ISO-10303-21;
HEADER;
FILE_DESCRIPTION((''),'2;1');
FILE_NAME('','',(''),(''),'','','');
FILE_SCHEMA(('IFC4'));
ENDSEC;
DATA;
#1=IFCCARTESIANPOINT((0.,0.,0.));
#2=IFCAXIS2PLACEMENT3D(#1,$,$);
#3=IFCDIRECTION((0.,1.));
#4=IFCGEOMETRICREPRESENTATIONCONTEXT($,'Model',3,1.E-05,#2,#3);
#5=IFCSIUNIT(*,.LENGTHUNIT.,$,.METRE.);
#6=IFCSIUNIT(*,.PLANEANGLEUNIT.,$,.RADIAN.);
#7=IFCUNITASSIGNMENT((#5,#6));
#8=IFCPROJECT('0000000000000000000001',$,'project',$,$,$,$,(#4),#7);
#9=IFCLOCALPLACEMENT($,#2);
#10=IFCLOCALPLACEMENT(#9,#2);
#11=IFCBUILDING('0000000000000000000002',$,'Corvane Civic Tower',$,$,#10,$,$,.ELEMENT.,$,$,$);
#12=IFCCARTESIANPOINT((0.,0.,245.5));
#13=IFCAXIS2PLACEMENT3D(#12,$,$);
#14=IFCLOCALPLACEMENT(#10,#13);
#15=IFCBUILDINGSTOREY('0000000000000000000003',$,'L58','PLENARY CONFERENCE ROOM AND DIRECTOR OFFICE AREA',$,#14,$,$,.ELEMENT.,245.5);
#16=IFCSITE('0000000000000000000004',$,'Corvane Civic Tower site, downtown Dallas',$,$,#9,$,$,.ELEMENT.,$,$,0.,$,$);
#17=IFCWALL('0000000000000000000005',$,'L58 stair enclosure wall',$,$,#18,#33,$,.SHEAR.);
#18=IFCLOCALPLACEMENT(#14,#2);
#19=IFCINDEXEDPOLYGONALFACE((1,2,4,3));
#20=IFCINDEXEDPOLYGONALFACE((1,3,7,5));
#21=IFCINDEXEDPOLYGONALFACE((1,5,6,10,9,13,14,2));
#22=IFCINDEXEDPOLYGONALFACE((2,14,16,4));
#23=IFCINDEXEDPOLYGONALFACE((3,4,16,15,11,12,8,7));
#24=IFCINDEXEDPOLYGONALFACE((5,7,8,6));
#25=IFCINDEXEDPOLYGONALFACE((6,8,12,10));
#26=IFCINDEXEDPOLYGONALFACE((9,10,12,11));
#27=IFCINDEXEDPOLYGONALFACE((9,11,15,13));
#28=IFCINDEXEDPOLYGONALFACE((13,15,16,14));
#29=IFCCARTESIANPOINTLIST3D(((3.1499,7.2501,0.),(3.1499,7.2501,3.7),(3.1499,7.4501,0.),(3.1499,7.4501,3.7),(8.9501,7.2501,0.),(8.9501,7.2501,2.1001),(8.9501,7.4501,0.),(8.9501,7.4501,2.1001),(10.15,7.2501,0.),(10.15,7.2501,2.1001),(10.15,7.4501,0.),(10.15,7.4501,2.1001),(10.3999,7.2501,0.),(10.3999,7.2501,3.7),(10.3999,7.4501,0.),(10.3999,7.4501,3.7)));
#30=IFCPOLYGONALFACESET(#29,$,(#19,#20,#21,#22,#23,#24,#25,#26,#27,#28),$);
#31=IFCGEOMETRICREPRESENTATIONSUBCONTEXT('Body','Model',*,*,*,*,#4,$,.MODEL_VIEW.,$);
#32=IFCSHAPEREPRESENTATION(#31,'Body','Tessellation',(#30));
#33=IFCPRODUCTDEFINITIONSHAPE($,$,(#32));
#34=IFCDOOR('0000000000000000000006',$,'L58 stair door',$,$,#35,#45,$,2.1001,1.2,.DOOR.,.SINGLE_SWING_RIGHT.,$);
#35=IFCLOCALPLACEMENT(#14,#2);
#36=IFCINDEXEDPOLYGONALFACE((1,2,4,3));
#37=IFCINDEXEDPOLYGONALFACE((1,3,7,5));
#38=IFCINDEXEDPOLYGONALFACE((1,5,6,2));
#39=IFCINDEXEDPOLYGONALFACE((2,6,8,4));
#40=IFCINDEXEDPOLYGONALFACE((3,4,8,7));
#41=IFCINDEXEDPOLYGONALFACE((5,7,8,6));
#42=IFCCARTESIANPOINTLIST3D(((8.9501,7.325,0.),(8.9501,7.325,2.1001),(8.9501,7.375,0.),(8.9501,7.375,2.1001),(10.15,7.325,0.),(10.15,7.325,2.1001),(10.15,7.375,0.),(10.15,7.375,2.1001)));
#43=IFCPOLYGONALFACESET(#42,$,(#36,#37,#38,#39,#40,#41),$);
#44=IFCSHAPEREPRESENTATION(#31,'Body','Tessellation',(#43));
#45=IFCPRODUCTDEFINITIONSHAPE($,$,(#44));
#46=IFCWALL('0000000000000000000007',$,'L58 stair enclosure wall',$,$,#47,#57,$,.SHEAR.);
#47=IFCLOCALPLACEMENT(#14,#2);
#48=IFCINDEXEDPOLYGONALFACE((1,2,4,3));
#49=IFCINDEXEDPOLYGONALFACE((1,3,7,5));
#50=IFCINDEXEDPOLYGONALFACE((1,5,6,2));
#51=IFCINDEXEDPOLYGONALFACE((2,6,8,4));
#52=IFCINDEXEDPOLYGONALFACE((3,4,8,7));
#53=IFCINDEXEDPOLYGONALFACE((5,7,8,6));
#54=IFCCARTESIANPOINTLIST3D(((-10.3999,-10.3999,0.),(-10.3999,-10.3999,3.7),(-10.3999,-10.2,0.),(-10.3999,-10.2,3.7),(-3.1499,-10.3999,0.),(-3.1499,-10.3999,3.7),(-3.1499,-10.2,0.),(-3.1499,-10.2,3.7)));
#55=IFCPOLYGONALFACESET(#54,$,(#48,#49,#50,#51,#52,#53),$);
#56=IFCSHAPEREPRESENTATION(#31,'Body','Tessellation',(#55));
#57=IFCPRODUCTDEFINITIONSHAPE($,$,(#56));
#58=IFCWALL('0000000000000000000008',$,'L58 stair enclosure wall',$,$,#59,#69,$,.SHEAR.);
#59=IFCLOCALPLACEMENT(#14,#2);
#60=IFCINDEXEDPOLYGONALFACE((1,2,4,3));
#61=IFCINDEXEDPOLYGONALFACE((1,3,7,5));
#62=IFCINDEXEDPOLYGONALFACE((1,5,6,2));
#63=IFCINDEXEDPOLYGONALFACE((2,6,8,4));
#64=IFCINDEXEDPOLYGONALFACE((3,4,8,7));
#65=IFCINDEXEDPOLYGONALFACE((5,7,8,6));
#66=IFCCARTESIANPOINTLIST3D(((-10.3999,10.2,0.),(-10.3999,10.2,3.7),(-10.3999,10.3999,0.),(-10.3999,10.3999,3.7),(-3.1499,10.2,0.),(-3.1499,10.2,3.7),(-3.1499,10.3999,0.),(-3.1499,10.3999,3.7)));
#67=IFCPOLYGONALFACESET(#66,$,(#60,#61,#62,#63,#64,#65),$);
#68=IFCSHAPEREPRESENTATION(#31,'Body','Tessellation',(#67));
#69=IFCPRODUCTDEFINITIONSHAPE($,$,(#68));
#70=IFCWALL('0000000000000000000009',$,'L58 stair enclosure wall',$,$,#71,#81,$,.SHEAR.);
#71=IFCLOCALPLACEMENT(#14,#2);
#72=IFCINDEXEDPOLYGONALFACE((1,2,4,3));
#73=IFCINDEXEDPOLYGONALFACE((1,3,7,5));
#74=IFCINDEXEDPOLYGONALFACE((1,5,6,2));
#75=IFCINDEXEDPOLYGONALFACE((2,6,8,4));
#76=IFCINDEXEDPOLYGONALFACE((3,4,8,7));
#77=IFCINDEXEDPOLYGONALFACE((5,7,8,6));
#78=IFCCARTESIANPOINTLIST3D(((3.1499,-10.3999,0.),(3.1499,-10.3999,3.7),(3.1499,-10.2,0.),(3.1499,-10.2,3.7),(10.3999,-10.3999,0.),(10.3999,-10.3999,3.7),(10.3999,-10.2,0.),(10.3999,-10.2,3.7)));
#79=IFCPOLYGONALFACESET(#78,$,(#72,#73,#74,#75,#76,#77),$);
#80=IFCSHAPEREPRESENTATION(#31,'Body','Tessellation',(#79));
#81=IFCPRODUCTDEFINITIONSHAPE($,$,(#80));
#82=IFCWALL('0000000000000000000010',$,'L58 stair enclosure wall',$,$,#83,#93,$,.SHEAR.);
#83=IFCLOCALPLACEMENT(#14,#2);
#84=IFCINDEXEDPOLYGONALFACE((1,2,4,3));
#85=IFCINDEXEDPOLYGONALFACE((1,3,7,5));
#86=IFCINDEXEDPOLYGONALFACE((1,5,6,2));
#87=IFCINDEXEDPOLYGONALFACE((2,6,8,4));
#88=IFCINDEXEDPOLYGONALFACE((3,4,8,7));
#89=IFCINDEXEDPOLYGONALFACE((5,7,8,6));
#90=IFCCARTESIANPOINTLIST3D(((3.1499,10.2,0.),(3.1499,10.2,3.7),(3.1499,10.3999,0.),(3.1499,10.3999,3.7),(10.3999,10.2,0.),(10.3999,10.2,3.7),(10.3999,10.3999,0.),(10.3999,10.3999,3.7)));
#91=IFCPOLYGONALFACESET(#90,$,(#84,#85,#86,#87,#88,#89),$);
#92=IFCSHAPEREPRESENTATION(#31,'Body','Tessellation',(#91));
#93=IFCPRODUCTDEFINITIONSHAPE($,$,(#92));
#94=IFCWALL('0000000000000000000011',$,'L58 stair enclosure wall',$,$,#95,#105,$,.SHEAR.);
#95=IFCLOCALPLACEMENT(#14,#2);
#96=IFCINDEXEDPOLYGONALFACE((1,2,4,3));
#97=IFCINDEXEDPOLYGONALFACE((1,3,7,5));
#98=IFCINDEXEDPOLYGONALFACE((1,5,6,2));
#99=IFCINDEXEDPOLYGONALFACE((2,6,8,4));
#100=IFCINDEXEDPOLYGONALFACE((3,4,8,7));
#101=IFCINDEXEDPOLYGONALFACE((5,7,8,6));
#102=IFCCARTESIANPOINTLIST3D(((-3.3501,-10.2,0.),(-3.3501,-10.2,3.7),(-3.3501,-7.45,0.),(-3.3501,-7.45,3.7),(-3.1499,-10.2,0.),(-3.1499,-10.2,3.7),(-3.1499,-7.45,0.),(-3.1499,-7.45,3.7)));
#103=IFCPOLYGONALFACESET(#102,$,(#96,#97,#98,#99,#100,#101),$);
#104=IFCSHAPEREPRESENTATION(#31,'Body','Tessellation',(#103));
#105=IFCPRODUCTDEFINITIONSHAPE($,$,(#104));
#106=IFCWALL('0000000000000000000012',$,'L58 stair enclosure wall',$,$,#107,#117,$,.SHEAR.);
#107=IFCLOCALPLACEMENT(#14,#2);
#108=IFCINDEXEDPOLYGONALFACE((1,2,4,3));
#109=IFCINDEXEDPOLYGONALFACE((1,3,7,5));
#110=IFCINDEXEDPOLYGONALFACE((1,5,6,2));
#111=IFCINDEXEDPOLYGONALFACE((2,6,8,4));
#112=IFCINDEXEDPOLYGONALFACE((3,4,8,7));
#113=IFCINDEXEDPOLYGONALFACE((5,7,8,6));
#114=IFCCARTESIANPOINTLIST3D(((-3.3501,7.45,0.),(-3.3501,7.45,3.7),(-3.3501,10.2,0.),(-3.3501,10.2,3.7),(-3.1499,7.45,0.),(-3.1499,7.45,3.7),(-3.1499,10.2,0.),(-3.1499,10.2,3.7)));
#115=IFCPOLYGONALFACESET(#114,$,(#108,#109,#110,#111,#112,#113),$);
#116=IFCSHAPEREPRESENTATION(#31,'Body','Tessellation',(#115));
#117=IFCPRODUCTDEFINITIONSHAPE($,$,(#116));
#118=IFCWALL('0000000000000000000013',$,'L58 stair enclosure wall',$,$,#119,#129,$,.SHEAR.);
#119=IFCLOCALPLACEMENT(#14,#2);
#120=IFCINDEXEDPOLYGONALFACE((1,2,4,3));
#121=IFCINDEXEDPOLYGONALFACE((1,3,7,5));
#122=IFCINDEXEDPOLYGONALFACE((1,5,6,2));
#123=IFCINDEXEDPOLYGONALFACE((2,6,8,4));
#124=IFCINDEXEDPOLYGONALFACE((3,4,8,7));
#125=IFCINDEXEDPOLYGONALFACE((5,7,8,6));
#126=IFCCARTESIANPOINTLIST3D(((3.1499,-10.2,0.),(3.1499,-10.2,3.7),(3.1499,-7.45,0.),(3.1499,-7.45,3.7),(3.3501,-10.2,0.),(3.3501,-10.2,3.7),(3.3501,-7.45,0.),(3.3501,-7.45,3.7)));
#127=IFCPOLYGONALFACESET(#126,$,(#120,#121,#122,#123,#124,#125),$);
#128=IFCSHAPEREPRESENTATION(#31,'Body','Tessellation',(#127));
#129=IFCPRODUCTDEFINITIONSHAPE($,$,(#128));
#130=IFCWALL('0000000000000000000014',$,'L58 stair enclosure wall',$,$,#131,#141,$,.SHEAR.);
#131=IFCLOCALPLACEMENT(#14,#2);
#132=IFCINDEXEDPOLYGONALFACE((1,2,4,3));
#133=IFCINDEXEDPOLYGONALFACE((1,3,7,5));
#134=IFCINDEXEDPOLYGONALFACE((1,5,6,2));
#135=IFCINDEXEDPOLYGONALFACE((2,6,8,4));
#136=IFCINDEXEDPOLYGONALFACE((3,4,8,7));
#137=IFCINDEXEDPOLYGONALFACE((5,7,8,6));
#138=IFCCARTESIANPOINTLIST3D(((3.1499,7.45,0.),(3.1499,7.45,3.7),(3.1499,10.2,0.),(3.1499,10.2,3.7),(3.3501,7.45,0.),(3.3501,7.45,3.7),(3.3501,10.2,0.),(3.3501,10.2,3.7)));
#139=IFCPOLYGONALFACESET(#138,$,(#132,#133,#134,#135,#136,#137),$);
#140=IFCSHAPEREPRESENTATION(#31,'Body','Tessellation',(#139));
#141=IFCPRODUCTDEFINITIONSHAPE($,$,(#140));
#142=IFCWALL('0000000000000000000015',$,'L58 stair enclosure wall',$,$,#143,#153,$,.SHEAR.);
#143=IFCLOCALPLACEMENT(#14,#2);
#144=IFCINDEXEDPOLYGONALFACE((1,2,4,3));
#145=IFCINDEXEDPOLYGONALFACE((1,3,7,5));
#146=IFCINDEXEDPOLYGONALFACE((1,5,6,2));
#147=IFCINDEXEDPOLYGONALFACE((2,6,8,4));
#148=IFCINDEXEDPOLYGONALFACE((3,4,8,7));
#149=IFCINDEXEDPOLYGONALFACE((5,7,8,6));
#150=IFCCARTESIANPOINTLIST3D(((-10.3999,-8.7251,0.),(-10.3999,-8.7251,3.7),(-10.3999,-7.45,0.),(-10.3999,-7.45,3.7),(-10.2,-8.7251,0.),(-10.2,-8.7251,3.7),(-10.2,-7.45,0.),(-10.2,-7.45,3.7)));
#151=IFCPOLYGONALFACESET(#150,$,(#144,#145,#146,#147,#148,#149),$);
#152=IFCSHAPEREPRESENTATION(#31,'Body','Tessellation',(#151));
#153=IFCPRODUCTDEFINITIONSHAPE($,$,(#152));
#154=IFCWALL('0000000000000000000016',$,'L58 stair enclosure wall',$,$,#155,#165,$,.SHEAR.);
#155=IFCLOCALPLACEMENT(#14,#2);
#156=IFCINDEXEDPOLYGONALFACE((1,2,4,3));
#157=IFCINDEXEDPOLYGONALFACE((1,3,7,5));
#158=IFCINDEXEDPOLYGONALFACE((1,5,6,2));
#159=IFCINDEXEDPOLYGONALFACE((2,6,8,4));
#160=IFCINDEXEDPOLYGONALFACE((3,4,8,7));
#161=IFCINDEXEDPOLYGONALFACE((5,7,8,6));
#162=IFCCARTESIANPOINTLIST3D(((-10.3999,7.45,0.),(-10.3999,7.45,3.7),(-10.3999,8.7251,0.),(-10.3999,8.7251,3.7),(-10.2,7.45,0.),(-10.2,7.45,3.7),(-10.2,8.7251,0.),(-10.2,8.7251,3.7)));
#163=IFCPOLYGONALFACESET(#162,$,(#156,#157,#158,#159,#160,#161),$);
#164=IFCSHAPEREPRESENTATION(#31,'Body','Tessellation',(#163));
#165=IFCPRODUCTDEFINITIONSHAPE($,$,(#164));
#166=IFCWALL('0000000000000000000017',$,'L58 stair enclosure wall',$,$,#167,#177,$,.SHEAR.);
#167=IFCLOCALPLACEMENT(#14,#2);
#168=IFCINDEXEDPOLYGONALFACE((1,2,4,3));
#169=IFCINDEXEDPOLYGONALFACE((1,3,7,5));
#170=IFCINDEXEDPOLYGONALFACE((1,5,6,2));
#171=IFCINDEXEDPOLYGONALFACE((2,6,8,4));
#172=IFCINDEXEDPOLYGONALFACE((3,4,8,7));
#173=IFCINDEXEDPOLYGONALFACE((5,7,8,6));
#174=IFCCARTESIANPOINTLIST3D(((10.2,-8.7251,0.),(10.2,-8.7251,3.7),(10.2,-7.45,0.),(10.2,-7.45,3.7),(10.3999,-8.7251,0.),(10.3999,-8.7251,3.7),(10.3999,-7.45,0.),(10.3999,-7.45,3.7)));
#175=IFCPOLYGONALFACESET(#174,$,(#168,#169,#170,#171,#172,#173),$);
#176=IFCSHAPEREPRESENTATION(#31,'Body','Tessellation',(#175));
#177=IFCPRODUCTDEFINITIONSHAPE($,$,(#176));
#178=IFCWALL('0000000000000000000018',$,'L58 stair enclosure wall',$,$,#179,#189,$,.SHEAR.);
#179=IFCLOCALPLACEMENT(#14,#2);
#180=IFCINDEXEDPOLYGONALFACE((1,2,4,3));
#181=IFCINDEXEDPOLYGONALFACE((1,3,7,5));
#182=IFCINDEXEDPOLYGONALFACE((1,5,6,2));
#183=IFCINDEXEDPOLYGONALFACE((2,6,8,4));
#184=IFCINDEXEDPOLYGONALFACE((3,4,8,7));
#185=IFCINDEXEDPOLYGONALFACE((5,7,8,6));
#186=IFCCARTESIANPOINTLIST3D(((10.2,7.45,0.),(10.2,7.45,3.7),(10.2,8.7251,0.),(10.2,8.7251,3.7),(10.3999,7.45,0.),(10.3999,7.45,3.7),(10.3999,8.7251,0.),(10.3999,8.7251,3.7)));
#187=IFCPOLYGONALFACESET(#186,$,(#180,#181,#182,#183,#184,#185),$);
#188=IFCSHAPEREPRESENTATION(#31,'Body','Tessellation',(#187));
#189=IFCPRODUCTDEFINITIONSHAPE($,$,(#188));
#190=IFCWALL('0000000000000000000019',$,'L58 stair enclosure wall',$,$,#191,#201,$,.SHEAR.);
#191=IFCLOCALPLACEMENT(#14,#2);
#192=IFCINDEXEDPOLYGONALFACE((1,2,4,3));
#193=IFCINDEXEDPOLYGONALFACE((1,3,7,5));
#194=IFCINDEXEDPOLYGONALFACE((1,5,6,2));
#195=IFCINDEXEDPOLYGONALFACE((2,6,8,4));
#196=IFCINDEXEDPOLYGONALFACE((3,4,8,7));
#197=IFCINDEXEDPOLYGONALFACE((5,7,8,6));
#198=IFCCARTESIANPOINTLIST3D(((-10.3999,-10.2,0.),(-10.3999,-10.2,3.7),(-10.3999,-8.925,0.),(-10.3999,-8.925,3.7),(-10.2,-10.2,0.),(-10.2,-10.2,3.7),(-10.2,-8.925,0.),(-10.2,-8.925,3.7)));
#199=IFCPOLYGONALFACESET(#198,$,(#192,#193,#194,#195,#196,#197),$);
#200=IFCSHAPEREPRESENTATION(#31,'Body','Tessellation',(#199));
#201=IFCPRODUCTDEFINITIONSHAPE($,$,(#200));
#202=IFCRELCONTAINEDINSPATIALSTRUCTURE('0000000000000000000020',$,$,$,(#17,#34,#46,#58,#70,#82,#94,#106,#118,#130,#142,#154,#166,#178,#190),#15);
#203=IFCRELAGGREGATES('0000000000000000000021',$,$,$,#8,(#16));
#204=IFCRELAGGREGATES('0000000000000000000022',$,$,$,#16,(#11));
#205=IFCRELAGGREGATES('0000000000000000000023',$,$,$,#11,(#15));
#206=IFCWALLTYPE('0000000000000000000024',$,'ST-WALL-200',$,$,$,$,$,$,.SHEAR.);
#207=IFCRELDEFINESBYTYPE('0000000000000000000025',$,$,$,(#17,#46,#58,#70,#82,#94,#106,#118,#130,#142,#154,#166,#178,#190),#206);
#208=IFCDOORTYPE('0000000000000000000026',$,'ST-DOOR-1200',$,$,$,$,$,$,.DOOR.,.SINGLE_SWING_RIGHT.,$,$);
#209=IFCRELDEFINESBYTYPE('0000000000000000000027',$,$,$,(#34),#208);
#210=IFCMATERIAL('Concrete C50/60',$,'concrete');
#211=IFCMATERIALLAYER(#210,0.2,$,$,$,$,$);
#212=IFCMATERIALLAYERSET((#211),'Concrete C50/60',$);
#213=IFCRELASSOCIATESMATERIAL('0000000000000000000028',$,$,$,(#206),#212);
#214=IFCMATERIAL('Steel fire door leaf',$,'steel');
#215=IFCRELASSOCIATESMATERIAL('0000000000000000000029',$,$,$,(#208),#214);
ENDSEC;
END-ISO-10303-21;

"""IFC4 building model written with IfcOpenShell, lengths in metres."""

from ifc_helpers import new_model, si_unit, direction, frame, frame_2d, origin, place, context, subcontext, project, spatial, polyline, rectangle, outline, extrude, material, layer, layer_set, type_object, element, fill, save


model = new_model("IFC4")

# Units and contexts
model_context = context("Model", 3, precision=1e-05, world=origin(), true_north=direction((0.0, 1.0)))
body_context = subcontext(model_context, "Body", "Model", "MODEL_VIEW")
ifc_project = project(units=[si_unit("LENGTHUNIT", "METRE"), si_unit("PLANEANGLEUNIT", "RADIAN")], contexts=[model_context])

# Site, building, storey
site_placement = place(None, origin())
site = spatial("IfcSite", under=ifc_project, at=site_placement, Name="Corvane Civic Tower site, downtown Dallas", CompositionType="ELEMENT", RefElevation=0.0)
building_placement = place(site_placement, origin())
building = spatial("IfcBuilding", under=site, at=building_placement, Name="Corvane Civic Tower", CompositionType="ELEMENT")
storey_placement = place(building_placement, frame((0.0, 0.0, 245.5)))
storey = spatial("IfcBuildingStorey", under=building, at=storey_placement, Name="L58", Description="PLENARY CONFERENCE ROOM AND DIRECTOR OFFICE AREA", CompositionType="ELEMENT", Elevation=245.5)

# Wall, opening, door
ifc_material_1 = material(Name="Concrete C50/60", Category="concrete")
ifc_layer_1 = layer(ifc_material_1, 0.2)
ifc_layer_set_1 = layer_set([ifc_layer_1], Name="Concrete C50/60")
wall_type_1 = type_object("IfcWallType", Name="ST-WALL-200", PredefinedType="SHEAR", material=ifc_layer_set_1)
wall_1_placement = place(storey_placement, frame((3.1499, 7.3501, 0.0), z_axis=(0.0, 0.0, 1.0), x_axis=(1.0, 0.0, 0.0)))
wall_1 = element("IfcWall", 1, at=wall_1_placement, inside=storey, type_object=wall_type_1, Name="L58 stair enclosure wall", PredefinedType="SHEAR", context=body_context, shape_type="SweptSolid", body=[
    extrude(rectangle(XDim=7.25, YDim=0.2, at=frame_2d((3.625, 0.0))), origin(), (0.0, 0.0, 1.0), 3.7),
])
opening_1_placement = place(wall_1_placement, frame((5.8, 0.0, 0.0)))
opening_1 = element("IfcOpeningElement", 2, at=opening_1_placement, cuts=wall_1, PredefinedType="OPENING", context=body_context, shape_type="SweptSolid", body=[
    extrude(rectangle(XDim=1.2, YDim=2.1001, at=frame_2d((0.6001, 1.05))), frame((0.0, 0.1099, 0.0), z_axis=(0.0, -1.0, 0.0), x_axis=(1.0, 0.0, 0.0)), (0.0, 0.0, 1.0), 0.22),
])
ifc_material_2 = material(Name="Steel fire door leaf", Category="steel")
door_type_1 = type_object("IfcDoorType", Name="ST-DOOR-1200", OperationType="SINGLE_SWING_RIGHT", PredefinedType="DOOR", material=ifc_material_2)
door_1_placement = place(opening_1_placement, origin())
door_1 = element("IfcDoor", 3, at=door_1_placement, inside=storey, type_object=door_type_1, Name="L58 stair door", OperationType="SINGLE_SWING_RIGHT", OverallHeight=2.1001, OverallWidth=1.2, PredefinedType="DOOR", context=body_context, shape_type="SweptSolid", body=[
    extrude(rectangle(XDim=1.2, YDim=2.1001, at=frame_2d((0.6001, 1.05))), frame((0.0, 0.0249, 0.0), z_axis=(0.0, -1.0, 0.0), x_axis=(1.0, 0.0, 0.0)), (0.0, 0.0, 1.0), 0.05),
])
fill(opening_1, door_1)

# Walls
wall_2_placement = place(storey_placement, origin())
element("IfcWall", 4, at=wall_2_placement, inside=storey, type_object=wall_type_1, Name="L58 stair enclosure wall", PredefinedType="SHEAR", context=body_context, shape_type="SweptSolid", body=[
    extrude(outline(polyline([(-3.1499, -10.2), (-3.1499, -10.3999), (-10.3999, -10.3999), (-10.3999, -10.2), (-3.1499, -10.2)])), origin(), (0.0, 0.0, 1.0), 3.7),
])
wall_3_placement = place(storey_placement, origin())
element("IfcWall", 5, at=wall_3_placement, inside=storey, type_object=wall_type_1, Name="L58 stair enclosure wall", PredefinedType="SHEAR", context=body_context, shape_type="SweptSolid", body=[
    extrude(outline(polyline([(-3.1499, 10.2), (-10.3999, 10.2), (-10.3999, 10.3999), (-3.1499, 10.3999), (-3.1499, 10.2)])), origin(), (0.0, 0.0, 1.0), 3.7),
])
wall_4_placement = place(storey_placement, origin())
element("IfcWall", 6, at=wall_4_placement, inside=storey, type_object=wall_type_1, Name="L58 stair enclosure wall", PredefinedType="SHEAR", context=body_context, shape_type="SweptSolid", body=[
    extrude(outline(polyline([(10.3999, -10.3999), (3.1499, -10.3999), (3.1499, -10.2), (10.3999, -10.2), (10.3999, -10.3999)])), origin(), (0.0, 0.0, 1.0), 3.7),
])
wall_5_placement = place(storey_placement, origin())
element("IfcWall", 7, at=wall_5_placement, inside=storey, type_object=wall_type_1, Name="L58 stair enclosure wall", PredefinedType="SHEAR", context=body_context, shape_type="SweptSolid", body=[
    extrude(outline(polyline([(10.3999, 10.2), (3.1499, 10.2), (3.1499, 10.3999), (10.3999, 10.3999), (10.3999, 10.2)])), origin(), (0.0, 0.0, 1.0), 3.7),
])
wall_6_placement = place(storey_placement, origin())
element("IfcWall", 8, at=wall_6_placement, inside=storey, type_object=wall_type_1, Name="L58 stair enclosure wall", PredefinedType="SHEAR", context=body_context, shape_type="SweptSolid", body=[
    extrude(outline(polyline([(-3.1499, -7.45), (-3.1499, -10.2), (-3.3501, -10.2), (-3.3501, -7.45), (-3.1499, -7.45)])), origin(), (0.0, 0.0, 1.0), 3.7),
])
wall_7_placement = place(storey_placement, origin())
element("IfcWall", 9, at=wall_7_placement, inside=storey, type_object=wall_type_1, Name="L58 stair enclosure wall", PredefinedType="SHEAR", context=body_context, shape_type="SweptSolid", body=[
    extrude(outline(polyline([(-3.1499, 7.45), (-3.3501, 7.45), (-3.3501, 10.2), (-3.1499, 10.2), (-3.1499, 7.45)])), origin(), (0.0, 0.0, 1.0), 3.7),
])
wall_8_placement = place(storey_placement, origin())
element("IfcWall", 10, at=wall_8_placement, inside=storey, type_object=wall_type_1, Name="L58 stair enclosure wall", PredefinedType="SHEAR", context=body_context, shape_type="SweptSolid", body=[
    extrude(outline(polyline([(3.3501, -7.45), (3.3501, -10.2), (3.1499, -10.2), (3.1499, -7.45), (3.3501, -7.45)])), origin(), (0.0, 0.0, 1.0), 3.7),
])
wall_9_placement = place(storey_placement, origin())
element("IfcWall", 11, at=wall_9_placement, inside=storey, type_object=wall_type_1, Name="L58 stair enclosure wall", PredefinedType="SHEAR", context=body_context, shape_type="SweptSolid", body=[
    extrude(outline(polyline([(3.3501, 7.45), (3.1499, 7.45), (3.1499, 10.2), (3.3501, 10.2), (3.3501, 7.45)])), origin(), (0.0, 0.0, 1.0), 3.7),
])
wall_10_placement = place(storey_placement, origin())
element("IfcWall", 12, at=wall_10_placement, inside=storey, type_object=wall_type_1, Name="L58 stair enclosure wall", PredefinedType="SHEAR", context=body_context, shape_type="SweptSolid", body=[
    extrude(outline(polyline([(-10.2, -7.45), (-10.2, -8.7251), (-10.3999, -8.7251), (-10.3999, -7.45), (-10.2, -7.45)])), origin(), (0.0, 0.0, 1.0), 3.7),
])
wall_11_placement = place(storey_placement, origin())
element("IfcWall", 13, at=wall_11_placement, inside=storey, type_object=wall_type_1, Name="L58 stair enclosure wall", PredefinedType="SHEAR", context=body_context, shape_type="SweptSolid", body=[
    extrude(outline(polyline([(-10.2, 8.7251), (-10.2, 7.45), (-10.3999, 7.45), (-10.3999, 8.7251), (-10.2, 8.7251)])), origin(), (0.0, 0.0, 1.0), 3.7),
])
wall_12_placement = place(storey_placement, origin())
element("IfcWall", 14, at=wall_12_placement, inside=storey, type_object=wall_type_1, Name="L58 stair enclosure wall", PredefinedType="SHEAR", context=body_context, shape_type="SweptSolid", body=[
    extrude(outline(polyline([(10.3999, -7.45), (10.3999, -8.7251), (10.2, -8.7251), (10.2, -7.45), (10.3999, -7.45)])), origin(), (0.0, 0.0, 1.0), 3.7),
])
wall_13_placement = place(storey_placement, origin())
element("IfcWall", 15, at=wall_13_placement, inside=storey, type_object=wall_type_1, Name="L58 stair enclosure wall", PredefinedType="SHEAR", context=body_context, shape_type="SweptSolid", body=[
    extrude(outline(polyline([(10.3999, 8.7251), (10.3999, 7.45), (10.2, 7.45), (10.2, 8.7251), (10.3999, 8.7251)])), origin(), (0.0, 0.0, 1.0), 3.7),
])
wall_14_placement = place(storey_placement, origin())
element("IfcWall", 16, at=wall_14_placement, inside=storey, type_object=wall_type_1, Name="L58 stair enclosure wall", PredefinedType="SHEAR", context=body_context, shape_type="SweptSolid", body=[
    extrude(outline(polyline([(-10.2, -8.925), (-10.2, -10.2), (-10.3999, -10.2), (-10.3999, -8.925), (-10.2, -8.925)])), origin(), (0.0, 0.0, 1.0), 3.7),
])

save(model, "model.ifc")
